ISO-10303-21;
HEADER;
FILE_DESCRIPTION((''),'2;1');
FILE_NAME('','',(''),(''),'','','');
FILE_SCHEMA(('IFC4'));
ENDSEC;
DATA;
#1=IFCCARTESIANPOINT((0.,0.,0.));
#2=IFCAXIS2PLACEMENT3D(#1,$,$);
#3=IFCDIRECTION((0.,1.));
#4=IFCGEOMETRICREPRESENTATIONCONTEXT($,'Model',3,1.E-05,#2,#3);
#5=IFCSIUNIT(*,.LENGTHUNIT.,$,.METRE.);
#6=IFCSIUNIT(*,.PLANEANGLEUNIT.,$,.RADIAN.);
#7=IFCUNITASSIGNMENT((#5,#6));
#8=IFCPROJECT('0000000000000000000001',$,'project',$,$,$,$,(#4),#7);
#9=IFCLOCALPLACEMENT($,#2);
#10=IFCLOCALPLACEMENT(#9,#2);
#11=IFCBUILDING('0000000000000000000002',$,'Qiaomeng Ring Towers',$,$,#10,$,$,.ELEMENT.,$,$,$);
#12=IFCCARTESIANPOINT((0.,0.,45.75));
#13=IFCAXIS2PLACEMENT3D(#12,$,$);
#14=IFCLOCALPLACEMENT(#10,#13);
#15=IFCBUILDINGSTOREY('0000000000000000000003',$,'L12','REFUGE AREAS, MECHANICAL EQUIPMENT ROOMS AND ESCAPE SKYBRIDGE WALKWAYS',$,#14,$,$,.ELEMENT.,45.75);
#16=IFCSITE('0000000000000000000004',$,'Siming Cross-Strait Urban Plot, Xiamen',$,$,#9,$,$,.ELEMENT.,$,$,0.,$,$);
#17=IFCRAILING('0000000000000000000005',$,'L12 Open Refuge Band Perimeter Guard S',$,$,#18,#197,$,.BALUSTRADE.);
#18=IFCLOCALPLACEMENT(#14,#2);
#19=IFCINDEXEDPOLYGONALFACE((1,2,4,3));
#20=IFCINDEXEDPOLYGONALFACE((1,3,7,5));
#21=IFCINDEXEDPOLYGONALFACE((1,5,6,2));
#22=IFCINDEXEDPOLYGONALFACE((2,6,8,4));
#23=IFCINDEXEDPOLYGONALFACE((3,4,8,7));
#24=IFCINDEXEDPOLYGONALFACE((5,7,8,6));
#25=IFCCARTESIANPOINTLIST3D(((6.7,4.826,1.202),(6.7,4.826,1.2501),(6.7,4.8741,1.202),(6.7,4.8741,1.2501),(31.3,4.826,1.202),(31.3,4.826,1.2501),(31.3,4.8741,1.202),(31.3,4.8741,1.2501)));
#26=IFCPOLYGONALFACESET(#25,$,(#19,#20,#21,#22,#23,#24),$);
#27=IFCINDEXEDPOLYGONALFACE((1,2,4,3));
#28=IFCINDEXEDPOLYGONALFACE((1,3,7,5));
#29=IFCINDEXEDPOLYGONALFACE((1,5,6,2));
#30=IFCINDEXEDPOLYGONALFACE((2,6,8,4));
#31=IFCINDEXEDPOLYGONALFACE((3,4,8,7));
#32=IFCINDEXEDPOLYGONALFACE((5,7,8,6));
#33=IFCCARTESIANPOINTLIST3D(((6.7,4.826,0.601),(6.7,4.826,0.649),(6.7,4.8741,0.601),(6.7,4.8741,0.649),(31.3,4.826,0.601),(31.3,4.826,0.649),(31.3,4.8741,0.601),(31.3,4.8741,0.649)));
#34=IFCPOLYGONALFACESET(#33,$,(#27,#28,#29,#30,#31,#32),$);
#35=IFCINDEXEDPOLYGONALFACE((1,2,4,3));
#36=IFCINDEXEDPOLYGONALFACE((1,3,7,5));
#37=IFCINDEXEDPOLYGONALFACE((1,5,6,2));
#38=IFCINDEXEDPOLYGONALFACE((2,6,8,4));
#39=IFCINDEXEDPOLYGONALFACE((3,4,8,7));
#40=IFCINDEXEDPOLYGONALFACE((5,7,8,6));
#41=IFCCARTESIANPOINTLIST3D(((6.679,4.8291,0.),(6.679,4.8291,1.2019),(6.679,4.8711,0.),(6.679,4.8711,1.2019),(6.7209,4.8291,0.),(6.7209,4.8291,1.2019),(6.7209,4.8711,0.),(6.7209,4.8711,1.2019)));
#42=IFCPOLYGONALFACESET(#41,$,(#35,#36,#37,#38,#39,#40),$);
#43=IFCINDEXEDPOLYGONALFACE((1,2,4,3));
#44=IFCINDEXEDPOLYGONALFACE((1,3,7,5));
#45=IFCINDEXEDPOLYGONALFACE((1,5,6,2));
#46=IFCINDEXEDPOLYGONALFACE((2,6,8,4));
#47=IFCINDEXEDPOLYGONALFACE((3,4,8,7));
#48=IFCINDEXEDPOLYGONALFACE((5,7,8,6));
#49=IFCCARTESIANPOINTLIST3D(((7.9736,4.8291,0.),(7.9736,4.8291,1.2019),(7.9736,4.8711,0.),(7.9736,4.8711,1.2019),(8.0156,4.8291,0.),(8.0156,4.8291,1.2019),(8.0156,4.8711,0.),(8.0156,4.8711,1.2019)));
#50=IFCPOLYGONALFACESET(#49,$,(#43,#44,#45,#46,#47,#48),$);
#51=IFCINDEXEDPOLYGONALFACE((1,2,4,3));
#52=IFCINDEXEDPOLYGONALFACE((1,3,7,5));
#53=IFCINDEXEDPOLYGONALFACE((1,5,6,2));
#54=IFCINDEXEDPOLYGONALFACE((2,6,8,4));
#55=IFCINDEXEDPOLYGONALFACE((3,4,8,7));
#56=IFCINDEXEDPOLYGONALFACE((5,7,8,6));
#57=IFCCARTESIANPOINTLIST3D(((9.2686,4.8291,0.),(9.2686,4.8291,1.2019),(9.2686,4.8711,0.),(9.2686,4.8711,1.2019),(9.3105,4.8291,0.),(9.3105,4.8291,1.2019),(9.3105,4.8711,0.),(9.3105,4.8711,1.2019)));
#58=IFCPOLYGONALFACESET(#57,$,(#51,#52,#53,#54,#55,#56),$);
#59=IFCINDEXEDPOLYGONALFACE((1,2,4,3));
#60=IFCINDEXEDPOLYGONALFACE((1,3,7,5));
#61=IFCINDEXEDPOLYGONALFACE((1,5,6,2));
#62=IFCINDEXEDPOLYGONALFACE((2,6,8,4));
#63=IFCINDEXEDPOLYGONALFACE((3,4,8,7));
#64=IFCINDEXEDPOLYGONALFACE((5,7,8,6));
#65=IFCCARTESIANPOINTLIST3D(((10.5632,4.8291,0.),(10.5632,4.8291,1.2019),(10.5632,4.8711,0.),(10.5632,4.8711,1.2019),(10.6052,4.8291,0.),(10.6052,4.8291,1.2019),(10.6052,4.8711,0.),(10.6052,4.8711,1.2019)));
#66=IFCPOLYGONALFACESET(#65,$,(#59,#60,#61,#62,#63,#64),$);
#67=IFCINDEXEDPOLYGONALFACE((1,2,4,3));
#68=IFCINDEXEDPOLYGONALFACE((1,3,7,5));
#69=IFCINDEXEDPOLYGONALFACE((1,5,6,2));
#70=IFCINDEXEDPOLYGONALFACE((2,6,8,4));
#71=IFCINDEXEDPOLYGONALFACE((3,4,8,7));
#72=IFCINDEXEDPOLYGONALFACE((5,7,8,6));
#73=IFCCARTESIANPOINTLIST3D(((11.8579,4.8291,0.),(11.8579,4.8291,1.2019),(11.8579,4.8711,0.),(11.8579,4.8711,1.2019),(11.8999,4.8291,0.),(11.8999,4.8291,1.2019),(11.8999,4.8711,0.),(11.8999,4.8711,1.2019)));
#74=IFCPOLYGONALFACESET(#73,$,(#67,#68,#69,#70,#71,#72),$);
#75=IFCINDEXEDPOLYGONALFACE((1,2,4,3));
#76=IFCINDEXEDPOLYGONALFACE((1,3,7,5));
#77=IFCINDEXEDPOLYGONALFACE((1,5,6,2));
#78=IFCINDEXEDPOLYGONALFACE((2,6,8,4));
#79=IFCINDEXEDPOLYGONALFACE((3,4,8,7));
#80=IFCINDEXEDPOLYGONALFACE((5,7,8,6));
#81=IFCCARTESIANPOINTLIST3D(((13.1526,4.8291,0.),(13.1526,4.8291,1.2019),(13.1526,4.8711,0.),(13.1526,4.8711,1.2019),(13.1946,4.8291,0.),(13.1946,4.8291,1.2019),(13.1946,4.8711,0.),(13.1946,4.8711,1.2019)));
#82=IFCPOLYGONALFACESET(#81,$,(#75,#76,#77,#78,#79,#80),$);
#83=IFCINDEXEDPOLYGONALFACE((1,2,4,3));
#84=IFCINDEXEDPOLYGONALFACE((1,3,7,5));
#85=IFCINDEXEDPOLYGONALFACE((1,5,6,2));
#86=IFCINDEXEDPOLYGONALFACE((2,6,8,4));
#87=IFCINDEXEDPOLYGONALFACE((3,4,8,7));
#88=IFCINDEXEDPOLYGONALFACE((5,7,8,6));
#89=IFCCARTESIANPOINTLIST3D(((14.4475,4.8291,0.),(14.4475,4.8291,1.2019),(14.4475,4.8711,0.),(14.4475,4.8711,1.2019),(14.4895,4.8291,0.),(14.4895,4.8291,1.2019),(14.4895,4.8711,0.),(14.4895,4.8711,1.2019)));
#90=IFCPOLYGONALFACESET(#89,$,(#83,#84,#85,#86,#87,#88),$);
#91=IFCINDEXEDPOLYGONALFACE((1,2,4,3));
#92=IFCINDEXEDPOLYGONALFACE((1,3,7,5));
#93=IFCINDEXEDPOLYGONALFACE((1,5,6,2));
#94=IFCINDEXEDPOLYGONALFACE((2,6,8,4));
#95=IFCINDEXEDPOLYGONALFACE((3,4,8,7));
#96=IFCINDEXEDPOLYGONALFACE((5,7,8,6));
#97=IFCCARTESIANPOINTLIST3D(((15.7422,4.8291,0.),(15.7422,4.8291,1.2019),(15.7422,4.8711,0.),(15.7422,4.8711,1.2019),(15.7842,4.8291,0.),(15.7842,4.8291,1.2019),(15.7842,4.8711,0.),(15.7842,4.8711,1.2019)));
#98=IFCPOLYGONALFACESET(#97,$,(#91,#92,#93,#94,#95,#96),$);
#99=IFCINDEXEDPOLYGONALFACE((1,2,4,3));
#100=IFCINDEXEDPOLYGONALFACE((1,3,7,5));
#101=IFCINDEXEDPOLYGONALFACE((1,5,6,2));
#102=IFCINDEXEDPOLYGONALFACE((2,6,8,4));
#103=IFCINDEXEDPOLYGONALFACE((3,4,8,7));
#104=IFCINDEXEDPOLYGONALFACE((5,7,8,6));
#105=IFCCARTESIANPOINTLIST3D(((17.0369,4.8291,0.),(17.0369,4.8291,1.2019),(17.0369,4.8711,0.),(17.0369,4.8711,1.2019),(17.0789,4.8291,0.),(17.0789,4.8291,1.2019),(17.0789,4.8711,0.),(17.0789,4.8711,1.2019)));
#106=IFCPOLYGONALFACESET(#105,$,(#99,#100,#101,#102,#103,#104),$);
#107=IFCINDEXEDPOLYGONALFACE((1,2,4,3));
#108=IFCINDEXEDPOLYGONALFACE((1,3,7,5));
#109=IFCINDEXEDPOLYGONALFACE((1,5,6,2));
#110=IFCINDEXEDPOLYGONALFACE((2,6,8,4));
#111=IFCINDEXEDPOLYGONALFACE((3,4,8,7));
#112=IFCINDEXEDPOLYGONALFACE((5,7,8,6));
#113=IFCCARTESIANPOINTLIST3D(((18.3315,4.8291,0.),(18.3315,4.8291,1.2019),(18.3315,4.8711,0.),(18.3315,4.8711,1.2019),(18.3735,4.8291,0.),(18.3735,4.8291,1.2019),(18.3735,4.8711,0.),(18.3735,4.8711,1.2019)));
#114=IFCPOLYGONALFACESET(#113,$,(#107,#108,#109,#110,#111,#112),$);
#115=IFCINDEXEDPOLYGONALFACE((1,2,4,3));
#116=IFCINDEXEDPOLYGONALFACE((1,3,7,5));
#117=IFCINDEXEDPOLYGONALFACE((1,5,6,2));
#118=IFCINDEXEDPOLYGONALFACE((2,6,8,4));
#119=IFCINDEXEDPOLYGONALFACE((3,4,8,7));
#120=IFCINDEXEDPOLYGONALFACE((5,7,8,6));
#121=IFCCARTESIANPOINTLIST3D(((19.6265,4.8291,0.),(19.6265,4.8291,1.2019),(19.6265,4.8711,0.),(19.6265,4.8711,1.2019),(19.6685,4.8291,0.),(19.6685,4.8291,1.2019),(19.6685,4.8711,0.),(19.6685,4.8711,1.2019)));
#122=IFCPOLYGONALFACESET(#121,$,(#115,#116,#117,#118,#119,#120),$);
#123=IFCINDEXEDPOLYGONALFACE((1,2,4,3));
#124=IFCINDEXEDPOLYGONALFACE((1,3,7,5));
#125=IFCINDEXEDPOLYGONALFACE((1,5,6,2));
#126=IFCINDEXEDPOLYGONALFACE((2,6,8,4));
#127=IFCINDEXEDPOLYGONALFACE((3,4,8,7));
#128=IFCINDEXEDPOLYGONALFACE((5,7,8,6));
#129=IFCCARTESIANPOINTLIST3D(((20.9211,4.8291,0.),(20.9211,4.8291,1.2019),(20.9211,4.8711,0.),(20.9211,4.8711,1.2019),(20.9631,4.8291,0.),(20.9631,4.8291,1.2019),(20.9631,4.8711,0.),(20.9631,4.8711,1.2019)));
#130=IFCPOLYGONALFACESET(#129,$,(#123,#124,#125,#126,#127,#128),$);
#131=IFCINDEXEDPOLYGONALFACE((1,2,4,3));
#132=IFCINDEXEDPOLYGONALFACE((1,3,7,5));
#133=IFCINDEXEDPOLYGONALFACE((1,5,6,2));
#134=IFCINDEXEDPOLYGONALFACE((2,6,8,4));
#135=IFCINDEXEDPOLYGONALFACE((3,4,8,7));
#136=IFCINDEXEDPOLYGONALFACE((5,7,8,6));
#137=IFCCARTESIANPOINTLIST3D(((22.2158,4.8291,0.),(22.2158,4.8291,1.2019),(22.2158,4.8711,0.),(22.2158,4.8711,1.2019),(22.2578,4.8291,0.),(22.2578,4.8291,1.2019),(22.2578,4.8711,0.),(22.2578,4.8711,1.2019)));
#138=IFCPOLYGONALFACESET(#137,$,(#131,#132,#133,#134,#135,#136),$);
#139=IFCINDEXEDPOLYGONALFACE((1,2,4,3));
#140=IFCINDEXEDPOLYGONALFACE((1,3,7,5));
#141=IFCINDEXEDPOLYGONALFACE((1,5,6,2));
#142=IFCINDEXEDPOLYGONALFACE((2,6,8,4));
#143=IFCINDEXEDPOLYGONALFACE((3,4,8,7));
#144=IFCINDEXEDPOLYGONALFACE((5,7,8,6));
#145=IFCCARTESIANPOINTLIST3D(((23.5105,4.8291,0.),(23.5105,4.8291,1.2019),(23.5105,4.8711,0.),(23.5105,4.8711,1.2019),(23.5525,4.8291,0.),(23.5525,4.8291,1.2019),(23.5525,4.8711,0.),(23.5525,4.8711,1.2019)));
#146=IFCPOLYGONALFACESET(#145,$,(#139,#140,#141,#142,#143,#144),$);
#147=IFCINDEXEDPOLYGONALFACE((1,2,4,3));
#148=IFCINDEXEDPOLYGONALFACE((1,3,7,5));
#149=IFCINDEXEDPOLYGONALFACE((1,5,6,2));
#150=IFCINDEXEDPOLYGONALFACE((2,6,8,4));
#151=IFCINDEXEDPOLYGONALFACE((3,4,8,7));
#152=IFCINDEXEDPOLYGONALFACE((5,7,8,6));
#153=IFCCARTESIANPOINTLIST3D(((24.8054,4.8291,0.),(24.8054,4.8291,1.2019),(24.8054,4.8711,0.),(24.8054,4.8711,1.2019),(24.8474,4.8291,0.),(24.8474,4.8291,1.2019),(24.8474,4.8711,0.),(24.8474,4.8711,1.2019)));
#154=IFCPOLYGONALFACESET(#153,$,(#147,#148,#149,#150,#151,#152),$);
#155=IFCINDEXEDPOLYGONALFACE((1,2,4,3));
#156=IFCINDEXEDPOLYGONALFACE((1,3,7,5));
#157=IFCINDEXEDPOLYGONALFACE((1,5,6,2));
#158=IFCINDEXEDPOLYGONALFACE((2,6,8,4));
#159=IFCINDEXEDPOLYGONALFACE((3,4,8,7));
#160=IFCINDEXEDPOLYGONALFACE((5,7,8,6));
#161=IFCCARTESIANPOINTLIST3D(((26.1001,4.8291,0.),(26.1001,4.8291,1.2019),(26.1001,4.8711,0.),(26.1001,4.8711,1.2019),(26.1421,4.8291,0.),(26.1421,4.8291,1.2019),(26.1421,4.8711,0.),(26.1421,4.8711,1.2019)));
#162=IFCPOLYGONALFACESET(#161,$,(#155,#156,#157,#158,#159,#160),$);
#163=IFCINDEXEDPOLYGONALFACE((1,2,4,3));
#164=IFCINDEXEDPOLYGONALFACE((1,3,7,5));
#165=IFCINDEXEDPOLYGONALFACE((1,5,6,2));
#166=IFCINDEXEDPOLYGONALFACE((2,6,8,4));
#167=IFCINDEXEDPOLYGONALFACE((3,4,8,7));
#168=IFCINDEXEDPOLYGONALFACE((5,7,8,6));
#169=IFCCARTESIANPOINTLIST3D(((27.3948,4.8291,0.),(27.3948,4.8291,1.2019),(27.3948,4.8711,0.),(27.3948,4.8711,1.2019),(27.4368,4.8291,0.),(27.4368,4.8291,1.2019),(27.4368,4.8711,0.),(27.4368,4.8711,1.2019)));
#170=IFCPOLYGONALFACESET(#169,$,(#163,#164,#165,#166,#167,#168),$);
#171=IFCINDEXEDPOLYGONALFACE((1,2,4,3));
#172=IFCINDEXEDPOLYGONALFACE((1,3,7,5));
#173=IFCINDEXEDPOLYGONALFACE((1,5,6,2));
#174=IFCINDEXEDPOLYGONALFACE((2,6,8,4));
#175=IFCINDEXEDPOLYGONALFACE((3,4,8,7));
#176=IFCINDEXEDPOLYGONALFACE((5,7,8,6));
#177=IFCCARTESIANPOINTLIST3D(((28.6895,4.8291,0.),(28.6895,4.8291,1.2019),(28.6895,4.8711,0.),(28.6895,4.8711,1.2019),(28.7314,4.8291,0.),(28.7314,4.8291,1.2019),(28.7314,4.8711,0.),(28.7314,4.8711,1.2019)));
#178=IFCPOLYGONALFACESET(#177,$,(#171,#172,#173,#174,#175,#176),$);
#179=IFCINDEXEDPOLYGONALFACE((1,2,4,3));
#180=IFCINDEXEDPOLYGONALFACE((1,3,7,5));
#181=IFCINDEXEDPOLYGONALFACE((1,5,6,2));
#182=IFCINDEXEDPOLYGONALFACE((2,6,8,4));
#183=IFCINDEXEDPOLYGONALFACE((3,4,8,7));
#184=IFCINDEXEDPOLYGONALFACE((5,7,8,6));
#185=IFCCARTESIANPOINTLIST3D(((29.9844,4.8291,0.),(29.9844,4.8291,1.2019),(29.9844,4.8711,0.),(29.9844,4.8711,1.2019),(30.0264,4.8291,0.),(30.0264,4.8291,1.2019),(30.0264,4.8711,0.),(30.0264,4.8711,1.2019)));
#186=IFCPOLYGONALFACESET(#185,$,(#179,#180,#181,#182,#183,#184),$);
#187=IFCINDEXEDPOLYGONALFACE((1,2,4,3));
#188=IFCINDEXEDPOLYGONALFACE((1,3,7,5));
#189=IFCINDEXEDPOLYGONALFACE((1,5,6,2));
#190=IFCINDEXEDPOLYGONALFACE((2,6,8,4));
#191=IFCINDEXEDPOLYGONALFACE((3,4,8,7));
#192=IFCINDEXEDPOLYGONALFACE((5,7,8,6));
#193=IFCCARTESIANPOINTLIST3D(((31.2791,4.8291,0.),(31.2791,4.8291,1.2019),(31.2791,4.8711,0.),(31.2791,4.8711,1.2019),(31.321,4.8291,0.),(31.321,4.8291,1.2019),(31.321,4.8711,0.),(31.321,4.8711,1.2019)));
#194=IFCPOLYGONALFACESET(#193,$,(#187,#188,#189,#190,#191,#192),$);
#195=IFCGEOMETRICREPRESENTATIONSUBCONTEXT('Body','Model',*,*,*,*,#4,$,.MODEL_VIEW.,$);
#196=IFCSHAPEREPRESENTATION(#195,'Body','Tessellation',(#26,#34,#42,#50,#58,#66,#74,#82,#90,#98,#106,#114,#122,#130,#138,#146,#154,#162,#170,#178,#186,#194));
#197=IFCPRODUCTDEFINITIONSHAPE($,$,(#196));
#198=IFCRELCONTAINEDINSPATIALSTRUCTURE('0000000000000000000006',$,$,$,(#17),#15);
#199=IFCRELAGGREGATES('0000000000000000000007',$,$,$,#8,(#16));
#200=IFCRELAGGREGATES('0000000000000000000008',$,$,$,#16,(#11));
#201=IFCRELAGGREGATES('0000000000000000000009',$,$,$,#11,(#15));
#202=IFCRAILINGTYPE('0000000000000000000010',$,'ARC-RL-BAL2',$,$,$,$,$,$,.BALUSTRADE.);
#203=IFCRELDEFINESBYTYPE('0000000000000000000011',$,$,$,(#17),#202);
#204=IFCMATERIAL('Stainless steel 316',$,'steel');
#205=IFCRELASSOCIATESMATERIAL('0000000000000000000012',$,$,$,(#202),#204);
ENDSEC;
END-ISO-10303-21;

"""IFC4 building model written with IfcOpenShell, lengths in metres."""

from ifc_helpers import new_model, si_unit, direction, frame, origin, origin_2d, place, context, subcontext, project, spatial, rectangle, extrude, material, type_object, element, save


model = new_model("IFC4")

# Units and contexts
model_context = context("Model", 3, precision=1e-05, world=origin(), true_north=direction((0.0, 1.0)))
body_context = subcontext(model_context, "Body", "Model", "MODEL_VIEW")
ifc_project = project(units=[si_unit("LENGTHUNIT", "METRE"), si_unit("PLANEANGLEUNIT", "RADIAN")], contexts=[model_context])

# Site, building, storey
site_placement = place(None, origin())
site = spatial("IfcSite", under=ifc_project, at=site_placement, Name="Siming Cross-Strait Urban Plot, Xiamen", CompositionType="ELEMENT", RefElevation=0.0)
building_placement = place(site_placement, origin())
building = spatial("IfcBuilding", under=site, at=building_placement, Name="Qiaomeng Ring Towers", CompositionType="ELEMENT")
storey_placement = place(building_placement, frame((0.0, 0.0, 45.75)))
storey = spatial("IfcBuildingStorey", under=building, at=storey_placement, Name="L12", Description="REFUGE AREAS, MECHANICAL EQUIPMENT ROOMS AND ESCAPE SKYBRIDGE WALKWAYS", CompositionType="ELEMENT", Elevation=45.75)

# Railing
ifc_material_1 = material(Name="Stainless steel 316", Category="steel")
railing_type = type_object("IfcRailingType", Name="ARC-RL-BAL2", PredefinedType="BALUSTRADE", material=ifc_material_1)
railing_1_placement = place(storey_placement, frame((6.7, 4.8501, 0.0)))
element("IfcRailing", 1, at=railing_1_placement, inside=storey, type_object=railing_type, Name="L12 Open Refuge Band Perimeter Guard S", PredefinedType="BALUSTRADE", context=body_context, shape_type="SweptSolid", body=[
    extrude(rectangle(XDim=0.0481, YDim=0.0481, at=origin_2d()), frame((0.0, 0.0, 1.2261), z_axis=(1.0, 0.0, 0.0), x_axis=(0.0, 1.0, 0.0)), (0.0, 0.0, 1.0), 24.6001),
    extrude(rectangle(XDim=0.0481, YDim=0.0481, at=origin_2d()), frame((0.0, 0.0, 0.625), z_axis=(1.0, 0.0, 0.0), x_axis=(0.0, 1.0, 0.0)), (0.0, 0.0, 1.0), 24.6001),
    extrude(rectangle(XDim=0.042, YDim=0.042, at=origin_2d()), origin(), (0.0, 0.0, 1.0), 1.2019),
    extrude(rectangle(XDim=0.042, YDim=0.042, at=origin_2d()), frame((1.2947, 0.0, 0.0)), (0.0, 0.0, 1.0), 1.2019),
    extrude(rectangle(XDim=0.042, YDim=0.042, at=origin_2d()), frame((2.5896, 0.0, 0.0)), (0.0, 0.0, 1.0), 1.2019),
    extrude(rectangle(XDim=0.042, YDim=0.042, at=origin_2d()), frame((3.8843, 0.0, 0.0)), (0.0, 0.0, 1.0), 1.2019),
    extrude(rectangle(XDim=0.042, YDim=0.042, at=origin_2d()), frame((5.179, 0.0, 0.0)), (0.0, 0.0, 1.0), 1.2019),
    extrude(rectangle(XDim=0.042, YDim=0.042, at=origin_2d()), frame((6.4736, 0.0, 0.0)), (0.0, 0.0, 1.0), 1.2019),
    extrude(rectangle(XDim=0.042, YDim=0.042, at=origin_2d()), frame((7.7686, 0.0, 0.0)), (0.0, 0.0, 1.0), 1.2019),
    extrude(rectangle(XDim=0.042, YDim=0.042, at=origin_2d()), frame((9.0632, 0.0, 0.0)), (0.0, 0.0, 1.0), 1.2019),
    extrude(rectangle(XDim=0.042, YDim=0.042, at=origin_2d()), frame((10.3579, 0.0, 0.0)), (0.0, 0.0, 1.0), 1.2019),
    extrude(rectangle(XDim=0.042, YDim=0.042, at=origin_2d()), frame((11.6526, 0.0, 0.0)), (0.0, 0.0, 1.0), 1.2019),
    extrude(rectangle(XDim=0.042, YDim=0.042, at=origin_2d()), frame((12.9475, 0.0, 0.0)), (0.0, 0.0, 1.0), 1.2019),
    extrude(rectangle(XDim=0.042, YDim=0.042, at=origin_2d()), frame((14.2422, 0.0, 0.0)), (0.0, 0.0, 1.0), 1.2019),
    extrude(rectangle(XDim=0.042, YDim=0.042, at=origin_2d()), frame((15.5369, 0.0, 0.0)), (0.0, 0.0, 1.0), 1.2019),
    extrude(rectangle(XDim=0.042, YDim=0.042, at=origin_2d()), frame((16.8315, 0.0, 0.0)), (0.0, 0.0, 1.0), 1.2019),
    extrude(rectangle(XDim=0.042, YDim=0.042, at=origin_2d()), frame((18.1265, 0.0, 0.0)), (0.0, 0.0, 1.0), 1.2019),
    extrude(rectangle(XDim=0.042, YDim=0.042, at=origin_2d()), frame((19.4211, 0.0, 0.0)), (0.0, 0.0, 1.0), 1.2019),
    extrude(rectangle(XDim=0.042, YDim=0.042, at=origin_2d()), frame((20.7158, 0.0, 0.0)), (0.0, 0.0, 1.0), 1.2019),
    extrude(rectangle(XDim=0.042, YDim=0.042, at=origin_2d()), frame((22.0105, 0.0, 0.0)), (0.0, 0.0, 1.0), 1.2019),
    extrude(rectangle(XDim=0.042, YDim=0.042, at=origin_2d()), frame((23.3054, 0.0, 0.0)), (0.0, 0.0, 1.0), 1.2019),
    extrude(rectangle(XDim=0.042, YDim=0.042, at=origin_2d()), frame((24.6001, 0.0, 0.0)), (0.0, 0.0, 1.0), 1.2019),
])

save(model, "model.ifc")
